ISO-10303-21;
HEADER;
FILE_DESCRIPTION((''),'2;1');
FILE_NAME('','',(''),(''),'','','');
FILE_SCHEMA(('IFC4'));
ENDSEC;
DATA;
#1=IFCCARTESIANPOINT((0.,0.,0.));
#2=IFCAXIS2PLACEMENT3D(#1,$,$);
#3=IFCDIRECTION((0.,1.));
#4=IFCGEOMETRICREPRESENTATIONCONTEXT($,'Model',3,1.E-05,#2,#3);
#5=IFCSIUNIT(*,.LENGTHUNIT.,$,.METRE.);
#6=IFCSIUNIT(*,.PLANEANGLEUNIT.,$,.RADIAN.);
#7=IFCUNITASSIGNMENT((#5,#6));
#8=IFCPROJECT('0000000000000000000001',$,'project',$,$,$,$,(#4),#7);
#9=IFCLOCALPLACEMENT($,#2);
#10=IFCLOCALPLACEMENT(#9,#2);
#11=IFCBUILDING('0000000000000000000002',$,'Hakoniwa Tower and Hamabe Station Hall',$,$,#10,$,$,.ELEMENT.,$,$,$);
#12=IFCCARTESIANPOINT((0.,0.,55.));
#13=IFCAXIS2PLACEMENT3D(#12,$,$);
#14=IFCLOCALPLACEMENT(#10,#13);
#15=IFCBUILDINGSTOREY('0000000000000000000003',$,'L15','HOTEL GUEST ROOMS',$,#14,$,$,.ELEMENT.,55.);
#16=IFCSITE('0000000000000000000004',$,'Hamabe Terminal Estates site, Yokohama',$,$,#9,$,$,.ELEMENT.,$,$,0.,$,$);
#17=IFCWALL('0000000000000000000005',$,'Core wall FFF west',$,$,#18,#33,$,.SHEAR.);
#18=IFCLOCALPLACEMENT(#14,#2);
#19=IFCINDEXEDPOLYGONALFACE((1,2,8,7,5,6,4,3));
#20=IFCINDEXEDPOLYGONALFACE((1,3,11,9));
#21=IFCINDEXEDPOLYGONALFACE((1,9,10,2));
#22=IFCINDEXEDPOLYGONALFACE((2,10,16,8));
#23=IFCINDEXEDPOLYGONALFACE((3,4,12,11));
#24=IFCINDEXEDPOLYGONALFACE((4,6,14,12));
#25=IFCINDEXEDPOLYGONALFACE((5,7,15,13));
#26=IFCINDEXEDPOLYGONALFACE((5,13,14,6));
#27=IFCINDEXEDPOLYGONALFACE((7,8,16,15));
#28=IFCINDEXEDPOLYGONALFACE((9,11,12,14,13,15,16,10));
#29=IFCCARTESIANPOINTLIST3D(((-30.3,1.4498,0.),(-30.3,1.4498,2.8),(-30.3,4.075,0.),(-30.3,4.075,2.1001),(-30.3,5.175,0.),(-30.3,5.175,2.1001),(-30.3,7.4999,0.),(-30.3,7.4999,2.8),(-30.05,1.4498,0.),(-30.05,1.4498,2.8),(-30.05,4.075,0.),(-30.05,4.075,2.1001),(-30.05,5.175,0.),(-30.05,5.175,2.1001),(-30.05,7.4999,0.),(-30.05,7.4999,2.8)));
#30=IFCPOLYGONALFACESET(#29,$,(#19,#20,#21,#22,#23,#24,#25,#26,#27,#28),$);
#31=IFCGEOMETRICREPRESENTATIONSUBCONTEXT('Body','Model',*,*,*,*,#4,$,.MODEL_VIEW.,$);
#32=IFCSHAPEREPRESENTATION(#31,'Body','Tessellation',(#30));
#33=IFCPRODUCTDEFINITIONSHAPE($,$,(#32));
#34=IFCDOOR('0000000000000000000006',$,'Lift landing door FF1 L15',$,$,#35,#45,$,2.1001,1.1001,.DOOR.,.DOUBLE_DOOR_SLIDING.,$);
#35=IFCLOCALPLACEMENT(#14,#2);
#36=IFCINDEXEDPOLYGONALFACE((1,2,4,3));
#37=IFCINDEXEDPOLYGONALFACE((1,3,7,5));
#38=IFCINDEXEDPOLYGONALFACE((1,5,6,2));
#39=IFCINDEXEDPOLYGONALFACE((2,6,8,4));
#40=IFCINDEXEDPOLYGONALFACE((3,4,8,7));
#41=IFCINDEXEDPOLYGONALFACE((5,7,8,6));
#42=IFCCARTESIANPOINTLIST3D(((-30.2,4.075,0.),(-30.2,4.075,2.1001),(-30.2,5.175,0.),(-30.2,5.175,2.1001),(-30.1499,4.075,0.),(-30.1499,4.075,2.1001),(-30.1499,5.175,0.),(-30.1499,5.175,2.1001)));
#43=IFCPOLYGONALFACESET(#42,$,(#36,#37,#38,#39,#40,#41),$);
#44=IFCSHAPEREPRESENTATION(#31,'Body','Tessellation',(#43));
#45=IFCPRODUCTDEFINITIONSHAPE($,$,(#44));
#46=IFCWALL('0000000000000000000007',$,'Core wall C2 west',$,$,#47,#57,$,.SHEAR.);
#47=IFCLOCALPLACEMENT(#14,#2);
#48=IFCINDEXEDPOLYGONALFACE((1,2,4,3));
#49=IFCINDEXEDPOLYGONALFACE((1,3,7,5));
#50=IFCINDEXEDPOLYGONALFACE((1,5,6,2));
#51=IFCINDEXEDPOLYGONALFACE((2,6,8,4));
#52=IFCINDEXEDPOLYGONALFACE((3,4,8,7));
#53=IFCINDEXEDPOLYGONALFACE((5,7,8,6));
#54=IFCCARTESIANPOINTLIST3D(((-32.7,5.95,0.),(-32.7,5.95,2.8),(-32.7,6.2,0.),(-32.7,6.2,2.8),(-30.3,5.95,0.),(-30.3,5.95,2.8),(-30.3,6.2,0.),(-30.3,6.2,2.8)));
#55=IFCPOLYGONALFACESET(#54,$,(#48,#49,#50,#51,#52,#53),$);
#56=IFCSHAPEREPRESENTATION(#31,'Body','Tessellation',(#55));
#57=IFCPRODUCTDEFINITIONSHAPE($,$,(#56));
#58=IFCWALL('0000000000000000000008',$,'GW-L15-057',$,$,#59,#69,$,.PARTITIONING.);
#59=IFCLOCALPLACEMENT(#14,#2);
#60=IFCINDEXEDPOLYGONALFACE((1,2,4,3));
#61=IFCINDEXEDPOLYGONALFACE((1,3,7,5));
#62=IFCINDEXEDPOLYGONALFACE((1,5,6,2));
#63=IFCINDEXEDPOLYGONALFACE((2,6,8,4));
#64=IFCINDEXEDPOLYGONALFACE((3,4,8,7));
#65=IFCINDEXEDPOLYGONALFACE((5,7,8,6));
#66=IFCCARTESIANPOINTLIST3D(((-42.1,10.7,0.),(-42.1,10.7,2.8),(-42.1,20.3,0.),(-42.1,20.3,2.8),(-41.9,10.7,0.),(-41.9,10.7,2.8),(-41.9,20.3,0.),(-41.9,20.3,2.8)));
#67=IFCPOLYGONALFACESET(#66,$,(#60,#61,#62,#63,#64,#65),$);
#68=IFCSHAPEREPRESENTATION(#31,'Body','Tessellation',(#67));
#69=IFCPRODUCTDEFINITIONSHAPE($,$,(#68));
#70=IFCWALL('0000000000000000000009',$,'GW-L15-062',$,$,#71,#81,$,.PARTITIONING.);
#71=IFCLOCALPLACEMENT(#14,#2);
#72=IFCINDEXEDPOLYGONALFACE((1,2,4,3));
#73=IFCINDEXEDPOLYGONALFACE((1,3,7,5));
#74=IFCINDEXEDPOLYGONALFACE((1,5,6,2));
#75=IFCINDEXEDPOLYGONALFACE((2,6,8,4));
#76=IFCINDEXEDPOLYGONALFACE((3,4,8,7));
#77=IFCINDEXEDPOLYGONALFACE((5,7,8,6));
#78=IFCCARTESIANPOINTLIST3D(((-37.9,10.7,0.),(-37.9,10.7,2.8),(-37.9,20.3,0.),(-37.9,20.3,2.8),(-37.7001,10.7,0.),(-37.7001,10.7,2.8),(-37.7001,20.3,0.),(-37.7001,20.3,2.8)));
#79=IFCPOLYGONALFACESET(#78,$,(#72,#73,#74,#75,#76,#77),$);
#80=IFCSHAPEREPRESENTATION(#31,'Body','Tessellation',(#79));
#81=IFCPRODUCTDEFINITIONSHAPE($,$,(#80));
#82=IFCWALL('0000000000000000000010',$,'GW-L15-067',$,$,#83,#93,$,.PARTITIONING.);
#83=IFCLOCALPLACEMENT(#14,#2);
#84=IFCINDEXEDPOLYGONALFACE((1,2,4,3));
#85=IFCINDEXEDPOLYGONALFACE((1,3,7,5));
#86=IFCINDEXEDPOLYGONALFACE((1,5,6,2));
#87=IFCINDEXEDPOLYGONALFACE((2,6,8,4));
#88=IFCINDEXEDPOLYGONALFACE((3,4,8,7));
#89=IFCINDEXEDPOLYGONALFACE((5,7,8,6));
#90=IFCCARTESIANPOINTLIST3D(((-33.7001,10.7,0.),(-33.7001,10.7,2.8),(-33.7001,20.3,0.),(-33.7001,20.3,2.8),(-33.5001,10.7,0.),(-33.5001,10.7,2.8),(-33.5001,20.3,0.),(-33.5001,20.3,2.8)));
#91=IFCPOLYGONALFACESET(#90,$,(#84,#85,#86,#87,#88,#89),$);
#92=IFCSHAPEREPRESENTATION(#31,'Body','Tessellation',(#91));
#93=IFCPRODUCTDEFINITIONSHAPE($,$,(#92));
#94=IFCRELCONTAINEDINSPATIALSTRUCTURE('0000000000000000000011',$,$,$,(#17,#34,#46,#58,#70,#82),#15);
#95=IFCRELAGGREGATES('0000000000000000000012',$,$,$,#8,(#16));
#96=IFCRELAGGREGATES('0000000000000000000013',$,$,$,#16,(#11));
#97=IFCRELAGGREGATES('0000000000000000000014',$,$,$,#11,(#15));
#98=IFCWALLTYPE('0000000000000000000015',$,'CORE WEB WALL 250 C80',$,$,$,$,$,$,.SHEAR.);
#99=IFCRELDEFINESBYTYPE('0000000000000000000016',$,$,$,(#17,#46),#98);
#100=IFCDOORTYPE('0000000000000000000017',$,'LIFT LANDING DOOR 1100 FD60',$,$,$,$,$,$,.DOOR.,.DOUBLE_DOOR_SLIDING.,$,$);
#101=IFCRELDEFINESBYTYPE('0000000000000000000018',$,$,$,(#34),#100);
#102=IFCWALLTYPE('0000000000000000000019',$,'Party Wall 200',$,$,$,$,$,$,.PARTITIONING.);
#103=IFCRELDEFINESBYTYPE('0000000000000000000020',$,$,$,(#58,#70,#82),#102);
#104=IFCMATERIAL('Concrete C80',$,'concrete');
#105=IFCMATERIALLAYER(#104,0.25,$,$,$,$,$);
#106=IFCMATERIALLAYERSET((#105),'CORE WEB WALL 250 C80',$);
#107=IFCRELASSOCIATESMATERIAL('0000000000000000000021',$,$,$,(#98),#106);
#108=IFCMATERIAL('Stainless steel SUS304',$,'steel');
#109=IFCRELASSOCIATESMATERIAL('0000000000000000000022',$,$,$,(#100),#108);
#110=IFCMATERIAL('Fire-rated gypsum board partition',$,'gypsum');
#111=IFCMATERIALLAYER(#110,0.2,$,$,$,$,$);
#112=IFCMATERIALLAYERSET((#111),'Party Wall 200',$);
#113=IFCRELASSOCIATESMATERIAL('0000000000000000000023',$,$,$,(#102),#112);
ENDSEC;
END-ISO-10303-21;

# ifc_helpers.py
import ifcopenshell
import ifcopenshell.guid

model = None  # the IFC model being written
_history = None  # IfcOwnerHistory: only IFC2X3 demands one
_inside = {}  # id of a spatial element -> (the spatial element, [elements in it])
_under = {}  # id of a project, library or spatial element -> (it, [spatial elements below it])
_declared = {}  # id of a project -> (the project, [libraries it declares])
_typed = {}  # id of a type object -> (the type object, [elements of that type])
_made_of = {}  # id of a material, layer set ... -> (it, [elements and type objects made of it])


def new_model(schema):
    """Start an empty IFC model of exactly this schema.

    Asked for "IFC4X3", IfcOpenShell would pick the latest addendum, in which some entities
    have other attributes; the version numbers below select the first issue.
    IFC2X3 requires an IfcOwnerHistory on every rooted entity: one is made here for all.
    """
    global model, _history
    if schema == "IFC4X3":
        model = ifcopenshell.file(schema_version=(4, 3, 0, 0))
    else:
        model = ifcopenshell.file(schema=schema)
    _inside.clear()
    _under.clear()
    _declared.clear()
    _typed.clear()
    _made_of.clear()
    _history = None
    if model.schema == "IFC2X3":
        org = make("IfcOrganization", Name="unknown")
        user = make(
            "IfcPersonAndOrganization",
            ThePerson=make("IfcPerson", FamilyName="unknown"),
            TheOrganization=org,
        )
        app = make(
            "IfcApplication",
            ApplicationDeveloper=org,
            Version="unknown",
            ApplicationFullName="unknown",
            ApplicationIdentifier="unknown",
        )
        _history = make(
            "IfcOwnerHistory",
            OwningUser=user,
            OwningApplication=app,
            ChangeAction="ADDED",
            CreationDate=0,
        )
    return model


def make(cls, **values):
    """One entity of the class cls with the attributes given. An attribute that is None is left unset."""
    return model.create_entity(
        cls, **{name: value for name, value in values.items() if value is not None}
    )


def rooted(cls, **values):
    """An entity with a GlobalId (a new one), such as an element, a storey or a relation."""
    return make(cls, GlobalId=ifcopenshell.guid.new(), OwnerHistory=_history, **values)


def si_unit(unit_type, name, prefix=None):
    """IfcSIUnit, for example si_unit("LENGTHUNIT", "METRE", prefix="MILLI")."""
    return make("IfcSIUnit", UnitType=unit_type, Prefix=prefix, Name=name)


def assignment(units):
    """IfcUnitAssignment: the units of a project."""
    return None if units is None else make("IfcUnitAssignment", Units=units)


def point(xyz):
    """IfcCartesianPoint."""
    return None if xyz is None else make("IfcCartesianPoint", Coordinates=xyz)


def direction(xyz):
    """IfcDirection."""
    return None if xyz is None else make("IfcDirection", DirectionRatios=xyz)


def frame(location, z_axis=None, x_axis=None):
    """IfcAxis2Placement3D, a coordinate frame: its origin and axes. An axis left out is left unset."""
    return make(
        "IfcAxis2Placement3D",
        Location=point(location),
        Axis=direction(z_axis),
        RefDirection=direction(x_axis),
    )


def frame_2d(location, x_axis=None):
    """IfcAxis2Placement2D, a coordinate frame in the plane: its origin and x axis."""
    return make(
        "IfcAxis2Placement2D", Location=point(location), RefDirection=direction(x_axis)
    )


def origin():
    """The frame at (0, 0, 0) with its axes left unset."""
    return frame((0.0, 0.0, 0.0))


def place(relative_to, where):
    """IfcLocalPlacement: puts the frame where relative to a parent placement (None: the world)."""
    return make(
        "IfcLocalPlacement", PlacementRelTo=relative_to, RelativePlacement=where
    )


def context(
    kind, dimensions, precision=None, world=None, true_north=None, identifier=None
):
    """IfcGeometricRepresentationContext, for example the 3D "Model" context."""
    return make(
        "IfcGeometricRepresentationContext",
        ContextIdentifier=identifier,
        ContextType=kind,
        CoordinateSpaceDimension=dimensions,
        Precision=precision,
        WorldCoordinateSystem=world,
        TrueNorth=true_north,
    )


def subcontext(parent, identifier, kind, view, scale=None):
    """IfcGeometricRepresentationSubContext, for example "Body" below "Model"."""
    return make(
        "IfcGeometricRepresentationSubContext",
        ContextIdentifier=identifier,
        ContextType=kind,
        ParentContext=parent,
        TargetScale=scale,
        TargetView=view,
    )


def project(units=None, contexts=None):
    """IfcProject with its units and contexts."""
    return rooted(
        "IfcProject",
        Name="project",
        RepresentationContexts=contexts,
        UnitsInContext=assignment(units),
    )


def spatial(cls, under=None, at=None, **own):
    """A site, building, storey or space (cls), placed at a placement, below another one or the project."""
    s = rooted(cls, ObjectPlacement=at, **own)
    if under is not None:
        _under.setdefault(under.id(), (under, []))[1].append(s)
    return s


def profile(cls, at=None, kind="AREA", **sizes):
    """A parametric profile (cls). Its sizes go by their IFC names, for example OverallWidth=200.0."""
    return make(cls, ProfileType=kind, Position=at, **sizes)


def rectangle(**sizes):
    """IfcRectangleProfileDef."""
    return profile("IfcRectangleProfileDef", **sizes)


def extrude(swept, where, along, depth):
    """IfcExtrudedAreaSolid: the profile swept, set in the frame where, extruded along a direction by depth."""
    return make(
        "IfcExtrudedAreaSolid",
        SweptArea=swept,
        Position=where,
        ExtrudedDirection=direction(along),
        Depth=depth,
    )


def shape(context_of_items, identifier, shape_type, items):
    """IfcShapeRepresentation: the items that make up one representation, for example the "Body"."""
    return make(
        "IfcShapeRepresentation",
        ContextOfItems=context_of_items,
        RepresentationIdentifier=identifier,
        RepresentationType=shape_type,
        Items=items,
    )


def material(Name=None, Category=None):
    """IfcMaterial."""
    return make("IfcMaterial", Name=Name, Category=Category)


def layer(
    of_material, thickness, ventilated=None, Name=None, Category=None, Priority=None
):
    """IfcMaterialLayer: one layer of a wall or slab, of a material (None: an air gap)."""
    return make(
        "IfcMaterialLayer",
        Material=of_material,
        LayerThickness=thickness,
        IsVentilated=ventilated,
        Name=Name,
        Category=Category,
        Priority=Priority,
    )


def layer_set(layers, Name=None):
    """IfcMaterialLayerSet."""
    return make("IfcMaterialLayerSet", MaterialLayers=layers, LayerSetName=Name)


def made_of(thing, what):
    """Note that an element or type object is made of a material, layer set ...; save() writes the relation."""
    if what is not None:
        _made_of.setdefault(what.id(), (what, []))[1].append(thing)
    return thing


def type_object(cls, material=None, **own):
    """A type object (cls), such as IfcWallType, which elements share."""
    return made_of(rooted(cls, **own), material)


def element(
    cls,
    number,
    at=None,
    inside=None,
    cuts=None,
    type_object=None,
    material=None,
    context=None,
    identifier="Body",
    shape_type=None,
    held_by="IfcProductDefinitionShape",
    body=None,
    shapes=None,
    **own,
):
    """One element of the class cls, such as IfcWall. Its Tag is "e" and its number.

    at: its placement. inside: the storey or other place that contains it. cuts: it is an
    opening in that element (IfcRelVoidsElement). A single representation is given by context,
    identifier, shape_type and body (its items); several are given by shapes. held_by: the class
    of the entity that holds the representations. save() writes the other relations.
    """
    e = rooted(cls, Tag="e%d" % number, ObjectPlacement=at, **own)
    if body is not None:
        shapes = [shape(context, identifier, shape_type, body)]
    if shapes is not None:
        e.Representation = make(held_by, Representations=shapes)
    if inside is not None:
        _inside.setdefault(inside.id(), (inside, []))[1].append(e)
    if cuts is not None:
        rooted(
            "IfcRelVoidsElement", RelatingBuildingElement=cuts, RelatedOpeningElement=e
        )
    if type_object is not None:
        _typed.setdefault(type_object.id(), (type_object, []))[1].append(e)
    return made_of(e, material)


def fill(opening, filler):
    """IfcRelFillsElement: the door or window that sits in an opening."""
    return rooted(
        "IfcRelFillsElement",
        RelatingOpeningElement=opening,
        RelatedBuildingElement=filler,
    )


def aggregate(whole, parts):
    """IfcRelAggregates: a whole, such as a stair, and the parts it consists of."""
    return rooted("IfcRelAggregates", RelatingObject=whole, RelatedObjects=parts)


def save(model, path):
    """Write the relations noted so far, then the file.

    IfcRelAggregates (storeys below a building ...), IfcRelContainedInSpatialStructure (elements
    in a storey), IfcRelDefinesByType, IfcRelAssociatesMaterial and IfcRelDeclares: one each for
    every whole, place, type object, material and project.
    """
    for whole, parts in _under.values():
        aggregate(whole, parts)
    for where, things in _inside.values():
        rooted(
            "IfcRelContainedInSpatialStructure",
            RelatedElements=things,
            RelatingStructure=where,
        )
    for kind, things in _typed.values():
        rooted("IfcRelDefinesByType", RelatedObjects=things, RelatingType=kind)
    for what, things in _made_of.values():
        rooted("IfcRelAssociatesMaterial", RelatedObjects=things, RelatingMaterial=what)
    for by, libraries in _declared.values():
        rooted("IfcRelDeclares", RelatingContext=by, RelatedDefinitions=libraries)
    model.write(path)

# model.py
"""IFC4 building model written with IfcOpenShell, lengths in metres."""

from ifc_helpers import new_model, si_unit, direction, frame, frame_2d, origin, place, context, subcontext, project, spatial, rectangle, extrude, material, layer, layer_set, type_object, element, fill, save


model = new_model("IFC4")

# Units and contexts
model_context = context("Model", 3, precision=1e-05, world=origin(), true_north=direction((0.0, 1.0)))
body_context = subcontext(model_context, "Body", "Model", "MODEL_VIEW")
ifc_project = project(units=[si_unit("LENGTHUNIT", "METRE"), si_unit("PLANEANGLEUNIT", "RADIAN")], contexts=[model_context])

# Site, building, storey
site_placement = place(None, origin())
site = spatial("IfcSite", under=ifc_project, at=site_placement, Name="Hamabe Terminal Estates site, Yokohama", CompositionType="ELEMENT", RefElevation=0.0)
building_placement = place(site_placement, origin())
building = spatial("IfcBuilding", under=site, at=building_placement, Name="Hakoniwa Tower and Hamabe Station Hall", CompositionType="ELEMENT")
storey_placement = place(building_placement, frame((0.0, 0.0, 55.0)))
storey = spatial("IfcBuildingStorey", under=building, at=storey_placement, Name="L15", Description="HOTEL GUEST ROOMS", CompositionType="ELEMENT", Elevation=55.0)

# Wall, opening, door
ifc_material_1 = material(Name="Concrete C80", Category="concrete")
ifc_layer_1 = layer(ifc_material_1, 0.25)
ifc_layer_set_1 = layer_set([ifc_layer_1], Name="CORE WEB WALL 250 C80")
wall_type_1 = type_object("IfcWallType", Name="CORE WEB WALL 250 C80", PredefinedType="SHEAR", material=ifc_layer_set_1)
wall_1_placement = place(storey_placement, frame((-30.175, 1.45, 0.0), z_axis=(0.0, 0.0, 1.0), x_axis=(0.0, 1.0, 0.0)))
wall_1 = element("IfcWall", 1, at=wall_1_placement, inside=storey, type_object=wall_type_1, Name="Core wall FFF west", PredefinedType="SHEAR", context=body_context, shape_type="SweptSolid", body=[
    extrude(rectangle(XDim=6.05, YDim=0.25, at=frame_2d((3.0249, 0.0))), origin(), (0.0, 0.0, 1.0), 2.8),
])
opening_1_placement = place(wall_1_placement, frame((2.625, 0.0, 0.0)))
opening_1 = element("IfcOpeningElement", 2, at=opening_1_placement, cuts=wall_1, PredefinedType="OPENING", context=body_context, shape_type="SweptSolid", body=[
    extrude(rectangle(XDim=1.1001, YDim=2.1001, at=frame_2d((0.55, 1.05))), frame((0.0, 0.135, 0.0), z_axis=(0.0, -1.0, 0.0), x_axis=(1.0, 0.0, 0.0)), (0.0, 0.0, 1.0), 0.27),
])
ifc_material_2 = material(Name="Stainless steel SUS304", Category="steel")
door_type_1 = type_object("IfcDoorType", Name="LIFT LANDING DOOR 1100 FD60", OperationType="DOUBLE_DOOR_SLIDING", PredefinedType="DOOR", material=ifc_material_2)
door_1_placement = place(opening_1_placement, origin())
door_1 = element("IfcDoor", 3, at=door_1_placement, inside=storey, type_object=door_type_1, Name="Lift landing door FF1 L15", OperationType="DOUBLE_DOOR_SLIDING", OverallHeight=2.1001, OverallWidth=1.1001, PredefinedType="DOOR", context=body_context, shape_type="SweptSolid", body=[
    extrude(rectangle(XDim=1.1001, YDim=2.1001, at=frame_2d((0.55, 1.05))), frame((0.0, 0.0249, 0.0), z_axis=(0.0, -1.0, 0.0), x_axis=(1.0, 0.0, 0.0)), (0.0, 0.0, 1.0), 0.05),
])
fill(opening_1, door_1)

# Walls
wall_2_placement = place(storey_placement, frame((-32.7, 6.075, 0.0), z_axis=(0.0, 0.0, 1.0), x_axis=(1.0, 0.0, 0.0)))
element("IfcWall", 4, at=wall_2_placement, inside=storey, type_object=wall_type_1, Name="Core wall C2 west", PredefinedType="SHEAR", context=body_context, shape_type="SweptSolid", body=[
    extrude(rectangle(XDim=2.3999, YDim=0.25, at=frame_2d((1.2, 0.0))), origin(), (0.0, 0.0, 1.0), 2.8),
])
ifc_material_3 = material(Name="Fire-rated gypsum board partition", Category="gypsum")
ifc_layer_2 = layer(ifc_material_3, 0.2)
ifc_layer_set_2 = layer_set([ifc_layer_2], Name="Party Wall 200")
wall_type_2 = type_object("IfcWallType", Name="Party Wall 200", PredefinedType="PARTITIONING", material=ifc_layer_set_2)
for number, where, z_axis, x_axis, name in (
    (5, (-42.0, 10.7, 0.0), (0.0, 0.0, 1.0), (0.0, 1.0, 0.0), "GW-L15-057"),
    (6, (-37.8, 10.7, 0.0), (0.0, 0.0, 1.0), (0.0, 1.0, 0.0), "GW-L15-062"),
    (7, (-33.6001, 10.7, 0.0), (0.0, 0.0, 1.0), (0.0, 1.0, 0.0), "GW-L15-067"),
):
    element("IfcWall", number, at=place(storey_placement, frame(where, z_axis=z_axis, x_axis=x_axis)), inside=storey, type_object=wall_type_2, Name=name, PredefinedType="PARTITIONING", context=body_context, shape_type="SweptSolid", body=[
        extrude(rectangle(XDim=9.6001, YDim=0.2, at=frame_2d((4.8, 0.0))), origin(), (0.0, 0.0, 1.0), 2.8),
    ])

save(model, "model.ifc")
